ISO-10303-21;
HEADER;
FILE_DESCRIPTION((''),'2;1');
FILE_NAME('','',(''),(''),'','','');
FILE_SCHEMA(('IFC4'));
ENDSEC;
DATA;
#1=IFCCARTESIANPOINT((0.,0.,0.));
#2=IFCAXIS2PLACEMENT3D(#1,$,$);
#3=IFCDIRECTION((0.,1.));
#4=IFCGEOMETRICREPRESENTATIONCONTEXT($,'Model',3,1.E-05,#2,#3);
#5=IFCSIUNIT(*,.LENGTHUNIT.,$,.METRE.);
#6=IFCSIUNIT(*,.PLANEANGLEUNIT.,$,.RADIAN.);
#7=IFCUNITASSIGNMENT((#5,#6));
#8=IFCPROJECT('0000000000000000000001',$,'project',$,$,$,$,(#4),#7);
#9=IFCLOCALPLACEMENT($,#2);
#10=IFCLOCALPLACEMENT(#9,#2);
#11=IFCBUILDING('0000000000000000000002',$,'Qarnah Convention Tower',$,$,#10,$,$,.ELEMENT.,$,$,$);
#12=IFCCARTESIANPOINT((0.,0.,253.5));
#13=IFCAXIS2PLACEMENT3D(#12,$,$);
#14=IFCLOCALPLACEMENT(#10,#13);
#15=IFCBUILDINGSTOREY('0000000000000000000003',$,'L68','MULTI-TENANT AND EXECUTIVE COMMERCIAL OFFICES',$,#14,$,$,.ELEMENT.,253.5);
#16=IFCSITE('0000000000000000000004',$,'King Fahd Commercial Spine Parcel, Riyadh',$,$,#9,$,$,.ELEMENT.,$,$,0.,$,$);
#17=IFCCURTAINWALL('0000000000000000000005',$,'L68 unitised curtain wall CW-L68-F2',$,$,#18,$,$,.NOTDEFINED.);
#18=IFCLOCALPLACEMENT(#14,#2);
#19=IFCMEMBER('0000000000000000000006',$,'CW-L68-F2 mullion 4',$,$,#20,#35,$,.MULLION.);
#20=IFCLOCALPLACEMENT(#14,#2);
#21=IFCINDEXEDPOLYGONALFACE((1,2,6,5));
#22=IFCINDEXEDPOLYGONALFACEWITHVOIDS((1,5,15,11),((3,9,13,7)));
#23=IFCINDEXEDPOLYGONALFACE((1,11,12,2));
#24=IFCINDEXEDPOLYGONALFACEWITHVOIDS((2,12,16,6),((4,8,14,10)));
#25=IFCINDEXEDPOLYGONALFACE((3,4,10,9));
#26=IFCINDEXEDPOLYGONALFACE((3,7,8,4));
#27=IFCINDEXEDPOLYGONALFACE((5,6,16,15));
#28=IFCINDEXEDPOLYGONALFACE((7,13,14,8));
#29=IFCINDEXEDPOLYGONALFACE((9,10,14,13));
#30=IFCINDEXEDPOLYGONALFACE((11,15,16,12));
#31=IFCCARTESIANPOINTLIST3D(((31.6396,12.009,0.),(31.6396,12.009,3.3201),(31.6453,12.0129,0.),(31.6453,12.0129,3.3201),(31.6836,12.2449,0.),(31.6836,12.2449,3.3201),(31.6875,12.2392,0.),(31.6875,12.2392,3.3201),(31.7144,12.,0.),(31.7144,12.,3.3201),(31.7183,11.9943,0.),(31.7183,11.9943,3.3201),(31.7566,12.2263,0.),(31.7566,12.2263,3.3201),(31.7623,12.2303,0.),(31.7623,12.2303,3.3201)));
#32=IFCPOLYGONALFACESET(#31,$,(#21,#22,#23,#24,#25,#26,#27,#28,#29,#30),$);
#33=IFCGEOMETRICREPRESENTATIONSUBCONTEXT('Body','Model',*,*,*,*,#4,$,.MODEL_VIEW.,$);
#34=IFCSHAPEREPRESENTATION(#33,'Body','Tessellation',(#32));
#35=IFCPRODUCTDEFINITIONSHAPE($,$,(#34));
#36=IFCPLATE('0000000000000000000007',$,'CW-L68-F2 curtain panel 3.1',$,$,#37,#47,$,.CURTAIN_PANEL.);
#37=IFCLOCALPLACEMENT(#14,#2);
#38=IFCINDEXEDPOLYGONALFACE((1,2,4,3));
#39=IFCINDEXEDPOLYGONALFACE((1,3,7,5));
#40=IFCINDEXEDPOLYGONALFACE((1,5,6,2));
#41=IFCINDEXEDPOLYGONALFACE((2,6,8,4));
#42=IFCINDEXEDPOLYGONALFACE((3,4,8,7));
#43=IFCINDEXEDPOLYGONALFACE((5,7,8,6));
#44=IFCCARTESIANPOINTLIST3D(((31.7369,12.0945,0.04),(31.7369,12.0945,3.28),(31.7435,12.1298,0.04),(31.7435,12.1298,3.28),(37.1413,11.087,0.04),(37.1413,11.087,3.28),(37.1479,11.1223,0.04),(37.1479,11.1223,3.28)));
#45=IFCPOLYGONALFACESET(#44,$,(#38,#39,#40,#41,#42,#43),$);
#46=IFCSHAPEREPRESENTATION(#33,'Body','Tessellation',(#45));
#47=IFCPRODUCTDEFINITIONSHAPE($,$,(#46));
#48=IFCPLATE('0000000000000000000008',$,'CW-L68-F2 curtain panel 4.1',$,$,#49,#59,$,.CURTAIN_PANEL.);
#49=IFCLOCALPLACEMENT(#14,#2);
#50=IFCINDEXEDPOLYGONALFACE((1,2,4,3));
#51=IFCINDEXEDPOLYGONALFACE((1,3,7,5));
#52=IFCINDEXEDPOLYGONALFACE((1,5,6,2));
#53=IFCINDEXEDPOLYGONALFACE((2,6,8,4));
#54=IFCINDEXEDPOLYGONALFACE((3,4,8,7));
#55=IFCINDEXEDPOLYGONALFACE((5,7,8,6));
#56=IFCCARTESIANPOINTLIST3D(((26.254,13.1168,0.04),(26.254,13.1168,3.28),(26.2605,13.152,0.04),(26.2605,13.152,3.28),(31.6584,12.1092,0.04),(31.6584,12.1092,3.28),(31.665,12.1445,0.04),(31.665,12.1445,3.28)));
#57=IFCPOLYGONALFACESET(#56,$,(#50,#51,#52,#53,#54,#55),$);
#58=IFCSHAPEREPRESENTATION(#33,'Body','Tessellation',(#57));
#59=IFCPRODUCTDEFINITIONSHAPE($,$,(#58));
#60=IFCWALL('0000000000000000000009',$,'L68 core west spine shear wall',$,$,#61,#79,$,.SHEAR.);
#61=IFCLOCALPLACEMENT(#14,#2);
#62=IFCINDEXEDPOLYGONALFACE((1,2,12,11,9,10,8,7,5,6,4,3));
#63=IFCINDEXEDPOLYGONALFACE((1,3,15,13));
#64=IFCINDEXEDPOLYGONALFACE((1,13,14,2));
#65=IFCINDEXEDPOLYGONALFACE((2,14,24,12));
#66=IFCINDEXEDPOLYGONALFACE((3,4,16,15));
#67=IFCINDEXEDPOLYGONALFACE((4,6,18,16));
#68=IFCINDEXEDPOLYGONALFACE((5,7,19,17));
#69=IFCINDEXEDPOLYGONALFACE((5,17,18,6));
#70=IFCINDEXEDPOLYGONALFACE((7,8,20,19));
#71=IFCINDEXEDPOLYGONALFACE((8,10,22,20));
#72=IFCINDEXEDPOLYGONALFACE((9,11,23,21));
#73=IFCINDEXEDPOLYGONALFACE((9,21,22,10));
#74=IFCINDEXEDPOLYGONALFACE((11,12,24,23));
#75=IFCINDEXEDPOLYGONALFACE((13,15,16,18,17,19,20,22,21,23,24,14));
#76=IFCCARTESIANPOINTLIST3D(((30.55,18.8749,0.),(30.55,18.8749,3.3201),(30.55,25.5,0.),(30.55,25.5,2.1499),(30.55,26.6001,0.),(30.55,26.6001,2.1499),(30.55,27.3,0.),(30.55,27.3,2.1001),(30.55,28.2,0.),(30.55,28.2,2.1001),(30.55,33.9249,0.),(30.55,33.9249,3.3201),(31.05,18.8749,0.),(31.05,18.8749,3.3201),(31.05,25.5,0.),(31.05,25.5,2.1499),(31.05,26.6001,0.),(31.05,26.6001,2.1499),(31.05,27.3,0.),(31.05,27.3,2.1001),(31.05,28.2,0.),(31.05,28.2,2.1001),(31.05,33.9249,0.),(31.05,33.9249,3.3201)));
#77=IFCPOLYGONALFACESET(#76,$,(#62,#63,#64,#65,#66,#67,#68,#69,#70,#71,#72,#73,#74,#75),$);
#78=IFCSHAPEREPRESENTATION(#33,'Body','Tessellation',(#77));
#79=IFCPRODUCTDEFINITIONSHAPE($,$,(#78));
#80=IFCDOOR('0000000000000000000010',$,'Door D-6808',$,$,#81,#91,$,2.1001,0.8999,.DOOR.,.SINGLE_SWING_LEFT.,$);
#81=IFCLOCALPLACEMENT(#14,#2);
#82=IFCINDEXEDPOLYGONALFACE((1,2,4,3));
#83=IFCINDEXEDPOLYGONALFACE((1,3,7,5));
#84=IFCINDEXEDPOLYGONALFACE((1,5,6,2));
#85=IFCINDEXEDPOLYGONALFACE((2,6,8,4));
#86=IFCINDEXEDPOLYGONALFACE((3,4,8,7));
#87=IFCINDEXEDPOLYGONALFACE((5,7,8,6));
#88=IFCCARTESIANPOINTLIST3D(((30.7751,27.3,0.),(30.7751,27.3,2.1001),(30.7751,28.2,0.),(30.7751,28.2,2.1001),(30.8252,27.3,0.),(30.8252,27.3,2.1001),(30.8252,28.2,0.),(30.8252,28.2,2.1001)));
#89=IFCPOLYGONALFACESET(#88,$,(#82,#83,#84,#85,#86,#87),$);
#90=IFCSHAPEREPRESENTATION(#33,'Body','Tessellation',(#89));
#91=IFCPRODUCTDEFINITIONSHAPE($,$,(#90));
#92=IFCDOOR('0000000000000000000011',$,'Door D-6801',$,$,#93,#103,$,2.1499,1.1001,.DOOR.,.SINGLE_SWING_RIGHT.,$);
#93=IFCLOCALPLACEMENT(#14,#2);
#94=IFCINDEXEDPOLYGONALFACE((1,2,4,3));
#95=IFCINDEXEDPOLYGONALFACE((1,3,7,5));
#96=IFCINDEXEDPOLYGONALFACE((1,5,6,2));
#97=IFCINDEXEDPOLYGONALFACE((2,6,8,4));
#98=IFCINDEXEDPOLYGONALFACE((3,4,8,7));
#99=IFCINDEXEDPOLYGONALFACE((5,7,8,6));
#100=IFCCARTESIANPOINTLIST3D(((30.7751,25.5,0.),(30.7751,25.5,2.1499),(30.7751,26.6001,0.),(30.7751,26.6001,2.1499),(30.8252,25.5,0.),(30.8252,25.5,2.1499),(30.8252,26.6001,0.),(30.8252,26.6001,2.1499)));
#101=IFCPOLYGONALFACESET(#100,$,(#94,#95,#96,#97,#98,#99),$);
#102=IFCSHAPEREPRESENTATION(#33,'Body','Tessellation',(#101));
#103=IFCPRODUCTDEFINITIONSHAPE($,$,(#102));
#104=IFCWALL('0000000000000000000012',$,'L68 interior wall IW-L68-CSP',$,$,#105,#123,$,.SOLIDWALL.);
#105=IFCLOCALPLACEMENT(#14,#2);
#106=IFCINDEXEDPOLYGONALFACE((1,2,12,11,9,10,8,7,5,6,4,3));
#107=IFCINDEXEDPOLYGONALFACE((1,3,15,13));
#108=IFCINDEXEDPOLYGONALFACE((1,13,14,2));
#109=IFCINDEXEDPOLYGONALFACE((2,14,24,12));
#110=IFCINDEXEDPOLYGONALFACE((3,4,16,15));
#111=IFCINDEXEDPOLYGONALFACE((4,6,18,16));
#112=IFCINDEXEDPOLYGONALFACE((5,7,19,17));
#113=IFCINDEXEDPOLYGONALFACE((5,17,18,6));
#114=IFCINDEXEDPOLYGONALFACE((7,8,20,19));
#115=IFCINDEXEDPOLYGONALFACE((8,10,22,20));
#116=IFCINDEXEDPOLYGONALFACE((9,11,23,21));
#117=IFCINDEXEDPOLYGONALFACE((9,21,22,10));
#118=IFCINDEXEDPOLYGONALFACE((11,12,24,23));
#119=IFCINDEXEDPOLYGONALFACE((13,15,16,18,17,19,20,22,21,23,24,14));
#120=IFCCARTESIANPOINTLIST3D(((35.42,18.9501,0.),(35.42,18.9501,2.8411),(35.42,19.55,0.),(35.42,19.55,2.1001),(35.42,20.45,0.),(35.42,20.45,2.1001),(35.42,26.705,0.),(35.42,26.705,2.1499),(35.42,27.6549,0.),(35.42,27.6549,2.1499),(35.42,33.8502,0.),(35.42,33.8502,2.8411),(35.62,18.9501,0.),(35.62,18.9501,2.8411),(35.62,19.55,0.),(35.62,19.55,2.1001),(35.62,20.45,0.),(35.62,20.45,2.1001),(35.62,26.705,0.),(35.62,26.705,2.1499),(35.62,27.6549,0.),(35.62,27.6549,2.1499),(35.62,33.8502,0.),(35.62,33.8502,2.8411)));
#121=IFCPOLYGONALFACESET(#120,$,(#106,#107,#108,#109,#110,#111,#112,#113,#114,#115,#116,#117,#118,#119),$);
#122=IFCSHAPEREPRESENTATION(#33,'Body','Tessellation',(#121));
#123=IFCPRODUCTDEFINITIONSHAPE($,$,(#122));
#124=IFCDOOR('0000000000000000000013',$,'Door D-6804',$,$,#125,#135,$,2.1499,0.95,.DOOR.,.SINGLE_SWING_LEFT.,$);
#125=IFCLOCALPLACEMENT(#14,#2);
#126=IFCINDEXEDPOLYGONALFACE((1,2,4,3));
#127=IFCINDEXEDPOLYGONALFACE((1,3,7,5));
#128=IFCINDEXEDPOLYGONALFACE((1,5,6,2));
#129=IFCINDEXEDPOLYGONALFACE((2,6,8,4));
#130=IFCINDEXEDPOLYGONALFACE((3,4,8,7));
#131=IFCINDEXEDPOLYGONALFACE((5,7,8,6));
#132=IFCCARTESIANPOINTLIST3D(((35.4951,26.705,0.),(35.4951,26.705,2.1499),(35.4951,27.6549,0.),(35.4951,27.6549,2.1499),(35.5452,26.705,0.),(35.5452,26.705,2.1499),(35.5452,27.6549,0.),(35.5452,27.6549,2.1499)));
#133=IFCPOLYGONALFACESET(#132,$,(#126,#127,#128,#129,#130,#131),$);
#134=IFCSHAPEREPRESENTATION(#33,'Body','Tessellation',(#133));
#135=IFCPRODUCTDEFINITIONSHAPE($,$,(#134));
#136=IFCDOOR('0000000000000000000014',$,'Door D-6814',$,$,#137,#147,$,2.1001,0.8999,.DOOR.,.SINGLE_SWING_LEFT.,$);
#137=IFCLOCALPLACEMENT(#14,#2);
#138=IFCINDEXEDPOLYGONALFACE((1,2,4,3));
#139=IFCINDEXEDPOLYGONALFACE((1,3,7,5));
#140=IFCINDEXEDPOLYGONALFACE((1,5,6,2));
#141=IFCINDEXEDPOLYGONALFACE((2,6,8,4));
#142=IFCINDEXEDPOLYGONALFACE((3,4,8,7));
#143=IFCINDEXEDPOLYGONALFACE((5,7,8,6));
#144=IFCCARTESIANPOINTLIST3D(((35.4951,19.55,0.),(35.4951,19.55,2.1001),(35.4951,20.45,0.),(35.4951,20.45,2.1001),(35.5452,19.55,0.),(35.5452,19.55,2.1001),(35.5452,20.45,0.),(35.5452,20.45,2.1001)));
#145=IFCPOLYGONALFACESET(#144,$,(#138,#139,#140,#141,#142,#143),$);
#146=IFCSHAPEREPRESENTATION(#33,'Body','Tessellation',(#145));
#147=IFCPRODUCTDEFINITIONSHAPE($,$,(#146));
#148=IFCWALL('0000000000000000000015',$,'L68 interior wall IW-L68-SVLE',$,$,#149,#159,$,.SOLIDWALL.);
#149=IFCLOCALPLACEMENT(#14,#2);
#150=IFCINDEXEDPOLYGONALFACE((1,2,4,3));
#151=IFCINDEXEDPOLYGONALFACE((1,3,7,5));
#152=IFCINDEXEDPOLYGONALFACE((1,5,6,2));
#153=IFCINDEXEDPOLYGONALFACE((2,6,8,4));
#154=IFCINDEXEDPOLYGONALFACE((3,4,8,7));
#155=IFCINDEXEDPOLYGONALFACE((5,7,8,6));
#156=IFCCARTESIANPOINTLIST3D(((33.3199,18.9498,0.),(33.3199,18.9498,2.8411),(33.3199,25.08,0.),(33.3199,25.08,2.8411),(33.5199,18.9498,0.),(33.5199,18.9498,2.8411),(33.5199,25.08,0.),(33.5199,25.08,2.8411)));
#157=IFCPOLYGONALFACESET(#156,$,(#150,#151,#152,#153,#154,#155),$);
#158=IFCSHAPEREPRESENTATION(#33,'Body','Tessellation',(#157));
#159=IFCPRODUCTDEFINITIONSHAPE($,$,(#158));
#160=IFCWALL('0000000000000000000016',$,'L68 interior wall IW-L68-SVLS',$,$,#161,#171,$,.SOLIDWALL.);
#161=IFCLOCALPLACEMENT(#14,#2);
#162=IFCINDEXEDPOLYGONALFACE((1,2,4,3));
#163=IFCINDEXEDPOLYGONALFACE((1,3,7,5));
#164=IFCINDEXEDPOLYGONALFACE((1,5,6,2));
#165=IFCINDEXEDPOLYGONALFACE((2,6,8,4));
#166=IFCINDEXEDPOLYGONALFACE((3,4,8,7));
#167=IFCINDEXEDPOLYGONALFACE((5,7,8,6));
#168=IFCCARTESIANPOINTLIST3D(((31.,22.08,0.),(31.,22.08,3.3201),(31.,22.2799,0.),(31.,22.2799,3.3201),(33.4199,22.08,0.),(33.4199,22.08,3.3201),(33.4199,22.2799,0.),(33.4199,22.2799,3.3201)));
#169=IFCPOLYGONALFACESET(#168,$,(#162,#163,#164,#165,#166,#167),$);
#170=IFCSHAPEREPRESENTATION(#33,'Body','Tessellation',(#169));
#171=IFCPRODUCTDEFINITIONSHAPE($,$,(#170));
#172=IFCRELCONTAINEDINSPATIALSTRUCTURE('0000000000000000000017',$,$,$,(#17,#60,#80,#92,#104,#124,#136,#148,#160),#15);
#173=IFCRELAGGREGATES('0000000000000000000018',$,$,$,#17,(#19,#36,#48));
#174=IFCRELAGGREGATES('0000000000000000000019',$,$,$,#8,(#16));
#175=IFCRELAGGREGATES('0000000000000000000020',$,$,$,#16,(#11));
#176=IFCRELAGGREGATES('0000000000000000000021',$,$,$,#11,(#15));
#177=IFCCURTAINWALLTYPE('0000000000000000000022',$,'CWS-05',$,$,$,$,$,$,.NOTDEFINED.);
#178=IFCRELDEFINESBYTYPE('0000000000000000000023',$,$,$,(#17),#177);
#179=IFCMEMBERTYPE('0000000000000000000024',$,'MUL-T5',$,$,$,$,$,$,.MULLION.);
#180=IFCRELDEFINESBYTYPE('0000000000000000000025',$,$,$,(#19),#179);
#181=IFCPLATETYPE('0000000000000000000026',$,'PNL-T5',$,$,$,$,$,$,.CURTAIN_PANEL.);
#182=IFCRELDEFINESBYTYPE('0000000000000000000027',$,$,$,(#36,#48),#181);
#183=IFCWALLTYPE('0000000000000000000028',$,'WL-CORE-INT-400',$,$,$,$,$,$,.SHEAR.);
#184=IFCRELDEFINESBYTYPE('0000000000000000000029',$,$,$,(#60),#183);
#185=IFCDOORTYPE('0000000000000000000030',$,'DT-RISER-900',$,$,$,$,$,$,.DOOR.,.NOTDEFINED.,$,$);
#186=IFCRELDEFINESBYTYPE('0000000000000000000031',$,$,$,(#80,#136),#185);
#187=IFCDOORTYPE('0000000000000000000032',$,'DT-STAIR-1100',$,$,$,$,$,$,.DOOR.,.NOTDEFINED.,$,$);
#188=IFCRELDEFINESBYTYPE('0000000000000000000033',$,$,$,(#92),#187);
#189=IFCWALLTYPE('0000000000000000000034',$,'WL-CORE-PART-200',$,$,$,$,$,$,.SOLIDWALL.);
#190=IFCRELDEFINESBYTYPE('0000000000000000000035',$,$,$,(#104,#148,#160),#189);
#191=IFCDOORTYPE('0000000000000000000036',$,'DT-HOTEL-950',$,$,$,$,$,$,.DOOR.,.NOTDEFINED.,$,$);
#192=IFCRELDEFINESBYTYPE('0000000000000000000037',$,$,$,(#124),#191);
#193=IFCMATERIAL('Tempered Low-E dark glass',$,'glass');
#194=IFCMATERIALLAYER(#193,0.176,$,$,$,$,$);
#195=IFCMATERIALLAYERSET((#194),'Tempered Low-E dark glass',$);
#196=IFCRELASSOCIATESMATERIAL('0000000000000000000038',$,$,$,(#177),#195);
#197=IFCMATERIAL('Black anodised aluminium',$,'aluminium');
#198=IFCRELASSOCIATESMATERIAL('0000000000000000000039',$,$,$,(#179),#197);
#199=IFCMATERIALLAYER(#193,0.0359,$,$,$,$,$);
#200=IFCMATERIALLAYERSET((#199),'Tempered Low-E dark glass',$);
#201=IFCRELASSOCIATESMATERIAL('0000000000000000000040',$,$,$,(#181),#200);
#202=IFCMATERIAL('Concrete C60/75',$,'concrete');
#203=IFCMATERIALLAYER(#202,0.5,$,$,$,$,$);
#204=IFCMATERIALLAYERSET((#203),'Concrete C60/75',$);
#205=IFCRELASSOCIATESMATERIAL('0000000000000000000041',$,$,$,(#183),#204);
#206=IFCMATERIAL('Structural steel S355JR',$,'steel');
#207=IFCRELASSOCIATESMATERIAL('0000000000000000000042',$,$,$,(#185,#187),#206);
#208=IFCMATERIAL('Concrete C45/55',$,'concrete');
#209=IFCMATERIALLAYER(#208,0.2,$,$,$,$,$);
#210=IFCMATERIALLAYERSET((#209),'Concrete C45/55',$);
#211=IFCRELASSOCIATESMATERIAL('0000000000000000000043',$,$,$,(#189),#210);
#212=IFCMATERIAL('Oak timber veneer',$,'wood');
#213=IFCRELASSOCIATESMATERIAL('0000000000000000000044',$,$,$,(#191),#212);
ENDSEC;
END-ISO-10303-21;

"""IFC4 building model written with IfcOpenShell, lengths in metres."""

from ifc_helpers import new_model, si_unit, direction, frame, frame_2d, origin, origin_2d, place, context, subcontext, project, spatial, rectangle, hollow_rectangle, extrude, material, layer, layer_set, material_profile, profile_set, type_object, element, fill, aggregate, save


model = new_model("IFC4")

# Units and contexts
model_context = context("Model", 3, precision=1e-05, world=origin(), true_north=direction((0.0, 1.0)))
body_context = subcontext(model_context, "Body", "Model", "MODEL_VIEW")
ifc_project = project(units=[si_unit("LENGTHUNIT", "METRE"), si_unit("PLANEANGLEUNIT", "RADIAN")], contexts=[model_context])

# Site, building, storey
site_placement = place(None, origin())
site = spatial("IfcSite", under=ifc_project, at=site_placement, Name="King Fahd Commercial Spine Parcel, Riyadh", CompositionType="ELEMENT", RefElevation=0.0)
building_placement = place(site_placement, origin())
building = spatial("IfcBuilding", under=site, at=building_placement, Name="Qarnah Convention Tower", CompositionType="ELEMENT")
storey_placement = place(building_placement, frame((0.0, 0.0, 253.5)))
storey = spatial("IfcBuildingStorey", under=building, at=storey_placement, Name="L68", Description="MULTI-TENANT AND EXECUTIVE COMMERCIAL OFFICES", CompositionType="ELEMENT", Elevation=253.5)

# Shared definitions
ifc_material_1 = material(Name="Structural steel S355JR", Category="steel")

# Curtain wall, member, plates
ifc_material_2 = material(Name="Tempered Low-E dark glass", Category="glass")
ifc_layer_1 = layer(ifc_material_2, 0.176)
ifc_layer_set_1 = layer_set([ifc_layer_1], Name="Tempered Low-E dark glass")
curtain_wall_type = type_object("IfcCurtainWallType", Name="CWS-05", PredefinedType="NOTDEFINED", material=ifc_layer_set_1)
curtain_wall_placement = place(storey_placement, origin())
curtain_wall = element("IfcCurtainWall", 1, at=curtain_wall_placement, inside=storey, type_object=curtain_wall_type, Name="L68 unitised curtain wall CW-L68-F2", PredefinedType="NOTDEFINED")
ifc_material_3 = material(Name="Black anodised aluminium", Category="aluminium")
ifc_material_profile_1 = material_profile(ifc_material_3, hollow_rectangle(XDim=0.0801, YDim=0.24, WallThickness=0.0049, at=origin_2d()), Name="MUL-80X240")
ifc_profile_set_1 = profile_set([ifc_material_profile_1], Name="Black anodised aluminium")
member_type = type_object("IfcMemberType", Name="MUL-T5", PredefinedType="MULLION", material=ifc_profile_set_1)
member_1_placement = place(storey_placement, frame((31.7009, 12.1196, 0.0), z_axis=(0.0, 0.0, 1.0), x_axis=(-0.983062, 0.183273, 0.0)))
member_1 = element("IfcMember", 2, at=member_1_placement, type_object=member_type, Name="CW-L68-F2 mullion 4", PredefinedType="MULLION", context=body_context, shape_type="SweptSolid", body=[
    extrude(hollow_rectangle(XDim=0.0801, YDim=0.24, WallThickness=0.0049, at=origin_2d()), origin(), (0.0, 0.0, 1.0), 3.3201),
])
ifc_layer_2 = layer(ifc_material_2, 0.0359)
ifc_layer_set_2 = layer_set([ifc_layer_2], Name="Tempered Low-E dark glass")
plate_type = type_object("IfcPlateType", Name="PNL-T5", PredefinedType="CURTAIN_PANEL", material=ifc_layer_set_2)
plate_1_placement = place(storey_placement, frame((34.4424, 11.6084, 0.04), z_axis=(0.0, 0.0, 1.0), x_axis=(-0.983062, 0.183273, 0.0)))
plate_1 = element("IfcPlate", 3, at=plate_1_placement, type_object=plate_type, Name="CW-L68-F2 curtain panel 3.1", PredefinedType="CURTAIN_PANEL", context=body_context, shape_type="SweptSolid", body=[
    extrude(rectangle(XDim=5.4976, YDim=0.0359, at=origin_2d()), origin(), (0.0, 0.0, 1.0), 3.24),
])
plate_2_placement = place(storey_placement, frame((28.9595, 12.6306, 0.04), z_axis=(0.0, 0.0, 1.0), x_axis=(-0.983062, 0.183273, 0.0)))
plate_2 = element("IfcPlate", 4, at=plate_2_placement, type_object=plate_type, Name="CW-L68-F2 curtain panel 4.1", PredefinedType="CURTAIN_PANEL", context=body_context, shape_type="SweptSolid", body=[
    extrude(rectangle(XDim=5.4976, YDim=0.0359, at=origin_2d()), origin(), (0.0, 0.0, 1.0), 3.24),
])
aggregate(curtain_wall, [member_1, plate_1, plate_2])

# Walls, openings, doors
ifc_material_4 = material(Name="Concrete C60/75", Category="concrete")
ifc_layer_3 = layer(ifc_material_4, 0.5)
ifc_layer_set_3 = layer_set([ifc_layer_3], Name="Concrete C60/75")
wall_type_1 = type_object("IfcWallType", Name="WL-CORE-INT-400", PredefinedType="SHEAR", material=ifc_layer_set_3)
wall_1_placement = place(storey_placement, frame((30.8, 18.875, 0.0), z_axis=(0.0, 0.0, 1.0), x_axis=(0.0, 1.0, 0.0)))
wall_1 = element("IfcWall", 5, at=wall_1_placement, inside=storey, type_object=wall_type_1, Name="L68 core west spine shear wall", PredefinedType="SHEAR", context=body_context, shape_type="SweptSolid", body=[
    extrude(rectangle(XDim=15.05, YDim=0.5, at=frame_2d((7.5249, 0.0))), origin(), (0.0, 0.0, 1.0), 3.3201),
])
opening_1_placement = place(wall_1_placement, frame((6.625, 0.0, 0.0)))
opening_1 = element("IfcOpeningElement", 6, at=opening_1_placement, cuts=wall_1, PredefinedType="OPENING", context=body_context, shape_type="SweptSolid", body=[
    extrude(rectangle(XDim=1.1001, YDim=2.1499, at=frame_2d((0.55, 1.075))), frame((0.0, 0.26, 0.0), z_axis=(0.0, -1.0, 0.0), x_axis=(1.0, 0.0, 0.0)), (0.0, 0.0, 1.0), 0.52),
])
opening_2_placement = place(wall_1_placement, frame((8.425, 0.0, 0.0)))
opening_2 = element("IfcOpeningElement", 7, at=opening_2_placement, cuts=wall_1, PredefinedType="OPENING", context=body_context, shape_type="SweptSolid", body=[
    extrude(rectangle(XDim=0.8999, YDim=2.1001, at=frame_2d((0.45, 1.05))), frame((0.0, 0.26, 0.0), z_axis=(0.0, -1.0, 0.0), x_axis=(1.0, 0.0, 0.0)), (0.0, 0.0, 1.0), 0.52),
])
door_type_1 = type_object("IfcDoorType", Name="DT-RISER-900", OperationType="NOTDEFINED", PredefinedType="DOOR", material=ifc_material_1)
door_1_placement = place(opening_2_placement, origin())
door_1 = element("IfcDoor", 8, at=door_1_placement, inside=storey, type_object=door_type_1, Name="Door D-6808", OperationType="SINGLE_SWING_LEFT", OverallHeight=2.1001, OverallWidth=0.8999, PredefinedType="DOOR", context=body_context, shape_type="SweptSolid", body=[
    extrude(rectangle(XDim=0.8999, YDim=2.1001, at=frame_2d((0.45, 1.05))), frame((0.0, 0.0249, 0.0), z_axis=(0.0, -1.0, 0.0), x_axis=(1.0, 0.0, 0.0)), (0.0, 0.0, 1.0), 0.05),
])
fill(opening_2, door_1)
door_type_2 = type_object("IfcDoorType", Name="DT-STAIR-1100", OperationType="NOTDEFINED", PredefinedType="DOOR", material=ifc_material_1)
door_2_placement = place(opening_1_placement, origin())
door_2 = element("IfcDoor", 9, at=door_2_placement, inside=storey, type_object=door_type_2, Name="Door D-6801", OperationType="SINGLE_SWING_RIGHT", OverallHeight=2.1499, OverallWidth=1.1001, PredefinedType="DOOR", context=body_context, shape_type="SweptSolid", body=[
    extrude(rectangle(XDim=1.1001, YDim=2.1499, at=frame_2d((0.55, 1.075))), frame((0.0, 0.0249, 0.0), z_axis=(0.0, -1.0, 0.0), x_axis=(1.0, 0.0, 0.0)), (0.0, 0.0, 1.0), 0.05),
])
fill(opening_1, door_2)
ifc_material_5 = material(Name="Concrete C45/55", Category="concrete")
ifc_layer_4 = layer(ifc_material_5, 0.2)
ifc_layer_set_4 = layer_set([ifc_layer_4], Name="Concrete C45/55")
wall_type_2 = type_object("IfcWallType", Name="WL-CORE-PART-200", PredefinedType="SOLIDWALL", material=ifc_layer_set_4)
wall_2_placement = place(storey_placement, frame((35.52, 18.95, 0.0), z_axis=(0.0, 0.0, 1.0), x_axis=(0.0, 1.0, 0.0)))
wall_2 = element("IfcWall", 10, at=wall_2_placement, inside=storey, type_object=wall_type_2, Name="L68 interior wall IW-L68-CSP", PredefinedType="SOLIDWALL", context=body_context, shape_type="SweptSolid", body=[
    extrude(rectangle(XDim=14.9001, YDim=0.2, at=frame_2d((7.4502, 0.0))), origin(), (0.0, 0.0, 1.0), 2.8411),
])
opening_3_placement = place(wall_2_placement, frame((7.7549, 0.0, 0.0)))
opening_3 = element("IfcOpeningElement", 11, at=opening_3_placement, cuts=wall_2, PredefinedType="OPENING", context=body_context, shape_type="SweptSolid", body=[
    extrude(rectangle(XDim=0.95, YDim=2.1499, at=frame_2d((0.4751, 1.075))), frame((0.0, 0.1099, 0.0), z_axis=(0.0, -1.0, 0.0), x_axis=(1.0, 0.0, 0.0)), (0.0, 0.0, 1.0), 0.22),
])
opening_4_placement = place(wall_2_placement, frame((0.6001, 0.0, 0.0)))
opening_4 = element("IfcOpeningElement", 12, at=opening_4_placement, cuts=wall_2, PredefinedType="OPENING", context=body_context, shape_type="SweptSolid", body=[
    extrude(rectangle(XDim=0.8999, YDim=2.1001, at=frame_2d((0.45, 1.05))), frame((0.0, 0.1099, 0.0), z_axis=(0.0, -1.0, 0.0), x_axis=(1.0, 0.0, 0.0)), (0.0, 0.0, 1.0), 0.22),
])
ifc_material_6 = material(Name="Oak timber veneer", Category="wood")
door_type_3 = type_object("IfcDoorType", Name="DT-HOTEL-950", OperationType="NOTDEFINED", PredefinedType="DOOR", material=ifc_material_6)
door_3_placement = place(opening_3_placement, origin())
door_3 = element("IfcDoor", 13, at=door_3_placement, inside=storey, type_object=door_type_3, Name="Door D-6804", OperationType="SINGLE_SWING_LEFT", OverallHeight=2.1499, OverallWidth=0.95, PredefinedType="DOOR", context=body_context, shape_type="SweptSolid", body=[
    extrude(rectangle(XDim=0.95, YDim=2.1499, at=frame_2d((0.4751, 1.075))), frame((0.0, 0.0249, 0.0), z_axis=(0.0, -1.0, 0.0), x_axis=(1.0, 0.0, 0.0)), (0.0, 0.0, 1.0), 0.05),
])
fill(opening_3, door_3)
door_4_placement = place(opening_4_placement, origin())
door_4 = element("IfcDoor", 14, at=door_4_placement, inside=storey, type_object=door_type_1, Name="Door D-6814", OperationType="SINGLE_SWING_LEFT", OverallHeight=2.1001, OverallWidth=0.8999, PredefinedType="DOOR", context=body_context, shape_type="SweptSolid", body=[
    extrude(rectangle(XDim=0.8999, YDim=2.1001, at=frame_2d((0.45, 1.05))), frame((0.0, 0.0249, 0.0), z_axis=(0.0, -1.0, 0.0), x_axis=(1.0, 0.0, 0.0)), (0.0, 0.0, 1.0), 0.05),
])
fill(opening_4, door_4)

# Walls
wall_3_placement = place(storey_placement, frame((33.4199, 18.95, 0.0), z_axis=(0.0, 0.0, 1.0), x_axis=(0.0, 1.0, 0.0)))
element("IfcWall", 15, at=wall_3_placement, inside=storey, type_object=wall_type_2, Name="L68 interior wall IW-L68-SVLE", PredefinedType="SOLIDWALL", context=body_context, shape_type="SweptSolid", body=[
    extrude(rectangle(XDim=6.1301, YDim=0.2, at=frame_2d((3.0649, 0.0))), origin(), (0.0, 0.0, 1.0), 2.8411),
])
wall_4_placement = place(storey_placement, frame((31.0, 22.1799, 0.0), z_axis=(0.0, 0.0, 1.0), x_axis=(1.0, 0.0, 0.0)))
element("IfcWall", 16, at=wall_4_placement, inside=storey, type_object=wall_type_2, Name="L68 interior wall IW-L68-SVLS", PredefinedType="SOLIDWALL", context=body_context, shape_type="SweptSolid", body=[
    extrude(rectangle(XDim=2.4199, YDim=0.2, at=frame_2d((1.21, 0.0))), origin(), (0.0, 0.0, 1.0), 3.3201),
])

save(model, "model.ifc")
